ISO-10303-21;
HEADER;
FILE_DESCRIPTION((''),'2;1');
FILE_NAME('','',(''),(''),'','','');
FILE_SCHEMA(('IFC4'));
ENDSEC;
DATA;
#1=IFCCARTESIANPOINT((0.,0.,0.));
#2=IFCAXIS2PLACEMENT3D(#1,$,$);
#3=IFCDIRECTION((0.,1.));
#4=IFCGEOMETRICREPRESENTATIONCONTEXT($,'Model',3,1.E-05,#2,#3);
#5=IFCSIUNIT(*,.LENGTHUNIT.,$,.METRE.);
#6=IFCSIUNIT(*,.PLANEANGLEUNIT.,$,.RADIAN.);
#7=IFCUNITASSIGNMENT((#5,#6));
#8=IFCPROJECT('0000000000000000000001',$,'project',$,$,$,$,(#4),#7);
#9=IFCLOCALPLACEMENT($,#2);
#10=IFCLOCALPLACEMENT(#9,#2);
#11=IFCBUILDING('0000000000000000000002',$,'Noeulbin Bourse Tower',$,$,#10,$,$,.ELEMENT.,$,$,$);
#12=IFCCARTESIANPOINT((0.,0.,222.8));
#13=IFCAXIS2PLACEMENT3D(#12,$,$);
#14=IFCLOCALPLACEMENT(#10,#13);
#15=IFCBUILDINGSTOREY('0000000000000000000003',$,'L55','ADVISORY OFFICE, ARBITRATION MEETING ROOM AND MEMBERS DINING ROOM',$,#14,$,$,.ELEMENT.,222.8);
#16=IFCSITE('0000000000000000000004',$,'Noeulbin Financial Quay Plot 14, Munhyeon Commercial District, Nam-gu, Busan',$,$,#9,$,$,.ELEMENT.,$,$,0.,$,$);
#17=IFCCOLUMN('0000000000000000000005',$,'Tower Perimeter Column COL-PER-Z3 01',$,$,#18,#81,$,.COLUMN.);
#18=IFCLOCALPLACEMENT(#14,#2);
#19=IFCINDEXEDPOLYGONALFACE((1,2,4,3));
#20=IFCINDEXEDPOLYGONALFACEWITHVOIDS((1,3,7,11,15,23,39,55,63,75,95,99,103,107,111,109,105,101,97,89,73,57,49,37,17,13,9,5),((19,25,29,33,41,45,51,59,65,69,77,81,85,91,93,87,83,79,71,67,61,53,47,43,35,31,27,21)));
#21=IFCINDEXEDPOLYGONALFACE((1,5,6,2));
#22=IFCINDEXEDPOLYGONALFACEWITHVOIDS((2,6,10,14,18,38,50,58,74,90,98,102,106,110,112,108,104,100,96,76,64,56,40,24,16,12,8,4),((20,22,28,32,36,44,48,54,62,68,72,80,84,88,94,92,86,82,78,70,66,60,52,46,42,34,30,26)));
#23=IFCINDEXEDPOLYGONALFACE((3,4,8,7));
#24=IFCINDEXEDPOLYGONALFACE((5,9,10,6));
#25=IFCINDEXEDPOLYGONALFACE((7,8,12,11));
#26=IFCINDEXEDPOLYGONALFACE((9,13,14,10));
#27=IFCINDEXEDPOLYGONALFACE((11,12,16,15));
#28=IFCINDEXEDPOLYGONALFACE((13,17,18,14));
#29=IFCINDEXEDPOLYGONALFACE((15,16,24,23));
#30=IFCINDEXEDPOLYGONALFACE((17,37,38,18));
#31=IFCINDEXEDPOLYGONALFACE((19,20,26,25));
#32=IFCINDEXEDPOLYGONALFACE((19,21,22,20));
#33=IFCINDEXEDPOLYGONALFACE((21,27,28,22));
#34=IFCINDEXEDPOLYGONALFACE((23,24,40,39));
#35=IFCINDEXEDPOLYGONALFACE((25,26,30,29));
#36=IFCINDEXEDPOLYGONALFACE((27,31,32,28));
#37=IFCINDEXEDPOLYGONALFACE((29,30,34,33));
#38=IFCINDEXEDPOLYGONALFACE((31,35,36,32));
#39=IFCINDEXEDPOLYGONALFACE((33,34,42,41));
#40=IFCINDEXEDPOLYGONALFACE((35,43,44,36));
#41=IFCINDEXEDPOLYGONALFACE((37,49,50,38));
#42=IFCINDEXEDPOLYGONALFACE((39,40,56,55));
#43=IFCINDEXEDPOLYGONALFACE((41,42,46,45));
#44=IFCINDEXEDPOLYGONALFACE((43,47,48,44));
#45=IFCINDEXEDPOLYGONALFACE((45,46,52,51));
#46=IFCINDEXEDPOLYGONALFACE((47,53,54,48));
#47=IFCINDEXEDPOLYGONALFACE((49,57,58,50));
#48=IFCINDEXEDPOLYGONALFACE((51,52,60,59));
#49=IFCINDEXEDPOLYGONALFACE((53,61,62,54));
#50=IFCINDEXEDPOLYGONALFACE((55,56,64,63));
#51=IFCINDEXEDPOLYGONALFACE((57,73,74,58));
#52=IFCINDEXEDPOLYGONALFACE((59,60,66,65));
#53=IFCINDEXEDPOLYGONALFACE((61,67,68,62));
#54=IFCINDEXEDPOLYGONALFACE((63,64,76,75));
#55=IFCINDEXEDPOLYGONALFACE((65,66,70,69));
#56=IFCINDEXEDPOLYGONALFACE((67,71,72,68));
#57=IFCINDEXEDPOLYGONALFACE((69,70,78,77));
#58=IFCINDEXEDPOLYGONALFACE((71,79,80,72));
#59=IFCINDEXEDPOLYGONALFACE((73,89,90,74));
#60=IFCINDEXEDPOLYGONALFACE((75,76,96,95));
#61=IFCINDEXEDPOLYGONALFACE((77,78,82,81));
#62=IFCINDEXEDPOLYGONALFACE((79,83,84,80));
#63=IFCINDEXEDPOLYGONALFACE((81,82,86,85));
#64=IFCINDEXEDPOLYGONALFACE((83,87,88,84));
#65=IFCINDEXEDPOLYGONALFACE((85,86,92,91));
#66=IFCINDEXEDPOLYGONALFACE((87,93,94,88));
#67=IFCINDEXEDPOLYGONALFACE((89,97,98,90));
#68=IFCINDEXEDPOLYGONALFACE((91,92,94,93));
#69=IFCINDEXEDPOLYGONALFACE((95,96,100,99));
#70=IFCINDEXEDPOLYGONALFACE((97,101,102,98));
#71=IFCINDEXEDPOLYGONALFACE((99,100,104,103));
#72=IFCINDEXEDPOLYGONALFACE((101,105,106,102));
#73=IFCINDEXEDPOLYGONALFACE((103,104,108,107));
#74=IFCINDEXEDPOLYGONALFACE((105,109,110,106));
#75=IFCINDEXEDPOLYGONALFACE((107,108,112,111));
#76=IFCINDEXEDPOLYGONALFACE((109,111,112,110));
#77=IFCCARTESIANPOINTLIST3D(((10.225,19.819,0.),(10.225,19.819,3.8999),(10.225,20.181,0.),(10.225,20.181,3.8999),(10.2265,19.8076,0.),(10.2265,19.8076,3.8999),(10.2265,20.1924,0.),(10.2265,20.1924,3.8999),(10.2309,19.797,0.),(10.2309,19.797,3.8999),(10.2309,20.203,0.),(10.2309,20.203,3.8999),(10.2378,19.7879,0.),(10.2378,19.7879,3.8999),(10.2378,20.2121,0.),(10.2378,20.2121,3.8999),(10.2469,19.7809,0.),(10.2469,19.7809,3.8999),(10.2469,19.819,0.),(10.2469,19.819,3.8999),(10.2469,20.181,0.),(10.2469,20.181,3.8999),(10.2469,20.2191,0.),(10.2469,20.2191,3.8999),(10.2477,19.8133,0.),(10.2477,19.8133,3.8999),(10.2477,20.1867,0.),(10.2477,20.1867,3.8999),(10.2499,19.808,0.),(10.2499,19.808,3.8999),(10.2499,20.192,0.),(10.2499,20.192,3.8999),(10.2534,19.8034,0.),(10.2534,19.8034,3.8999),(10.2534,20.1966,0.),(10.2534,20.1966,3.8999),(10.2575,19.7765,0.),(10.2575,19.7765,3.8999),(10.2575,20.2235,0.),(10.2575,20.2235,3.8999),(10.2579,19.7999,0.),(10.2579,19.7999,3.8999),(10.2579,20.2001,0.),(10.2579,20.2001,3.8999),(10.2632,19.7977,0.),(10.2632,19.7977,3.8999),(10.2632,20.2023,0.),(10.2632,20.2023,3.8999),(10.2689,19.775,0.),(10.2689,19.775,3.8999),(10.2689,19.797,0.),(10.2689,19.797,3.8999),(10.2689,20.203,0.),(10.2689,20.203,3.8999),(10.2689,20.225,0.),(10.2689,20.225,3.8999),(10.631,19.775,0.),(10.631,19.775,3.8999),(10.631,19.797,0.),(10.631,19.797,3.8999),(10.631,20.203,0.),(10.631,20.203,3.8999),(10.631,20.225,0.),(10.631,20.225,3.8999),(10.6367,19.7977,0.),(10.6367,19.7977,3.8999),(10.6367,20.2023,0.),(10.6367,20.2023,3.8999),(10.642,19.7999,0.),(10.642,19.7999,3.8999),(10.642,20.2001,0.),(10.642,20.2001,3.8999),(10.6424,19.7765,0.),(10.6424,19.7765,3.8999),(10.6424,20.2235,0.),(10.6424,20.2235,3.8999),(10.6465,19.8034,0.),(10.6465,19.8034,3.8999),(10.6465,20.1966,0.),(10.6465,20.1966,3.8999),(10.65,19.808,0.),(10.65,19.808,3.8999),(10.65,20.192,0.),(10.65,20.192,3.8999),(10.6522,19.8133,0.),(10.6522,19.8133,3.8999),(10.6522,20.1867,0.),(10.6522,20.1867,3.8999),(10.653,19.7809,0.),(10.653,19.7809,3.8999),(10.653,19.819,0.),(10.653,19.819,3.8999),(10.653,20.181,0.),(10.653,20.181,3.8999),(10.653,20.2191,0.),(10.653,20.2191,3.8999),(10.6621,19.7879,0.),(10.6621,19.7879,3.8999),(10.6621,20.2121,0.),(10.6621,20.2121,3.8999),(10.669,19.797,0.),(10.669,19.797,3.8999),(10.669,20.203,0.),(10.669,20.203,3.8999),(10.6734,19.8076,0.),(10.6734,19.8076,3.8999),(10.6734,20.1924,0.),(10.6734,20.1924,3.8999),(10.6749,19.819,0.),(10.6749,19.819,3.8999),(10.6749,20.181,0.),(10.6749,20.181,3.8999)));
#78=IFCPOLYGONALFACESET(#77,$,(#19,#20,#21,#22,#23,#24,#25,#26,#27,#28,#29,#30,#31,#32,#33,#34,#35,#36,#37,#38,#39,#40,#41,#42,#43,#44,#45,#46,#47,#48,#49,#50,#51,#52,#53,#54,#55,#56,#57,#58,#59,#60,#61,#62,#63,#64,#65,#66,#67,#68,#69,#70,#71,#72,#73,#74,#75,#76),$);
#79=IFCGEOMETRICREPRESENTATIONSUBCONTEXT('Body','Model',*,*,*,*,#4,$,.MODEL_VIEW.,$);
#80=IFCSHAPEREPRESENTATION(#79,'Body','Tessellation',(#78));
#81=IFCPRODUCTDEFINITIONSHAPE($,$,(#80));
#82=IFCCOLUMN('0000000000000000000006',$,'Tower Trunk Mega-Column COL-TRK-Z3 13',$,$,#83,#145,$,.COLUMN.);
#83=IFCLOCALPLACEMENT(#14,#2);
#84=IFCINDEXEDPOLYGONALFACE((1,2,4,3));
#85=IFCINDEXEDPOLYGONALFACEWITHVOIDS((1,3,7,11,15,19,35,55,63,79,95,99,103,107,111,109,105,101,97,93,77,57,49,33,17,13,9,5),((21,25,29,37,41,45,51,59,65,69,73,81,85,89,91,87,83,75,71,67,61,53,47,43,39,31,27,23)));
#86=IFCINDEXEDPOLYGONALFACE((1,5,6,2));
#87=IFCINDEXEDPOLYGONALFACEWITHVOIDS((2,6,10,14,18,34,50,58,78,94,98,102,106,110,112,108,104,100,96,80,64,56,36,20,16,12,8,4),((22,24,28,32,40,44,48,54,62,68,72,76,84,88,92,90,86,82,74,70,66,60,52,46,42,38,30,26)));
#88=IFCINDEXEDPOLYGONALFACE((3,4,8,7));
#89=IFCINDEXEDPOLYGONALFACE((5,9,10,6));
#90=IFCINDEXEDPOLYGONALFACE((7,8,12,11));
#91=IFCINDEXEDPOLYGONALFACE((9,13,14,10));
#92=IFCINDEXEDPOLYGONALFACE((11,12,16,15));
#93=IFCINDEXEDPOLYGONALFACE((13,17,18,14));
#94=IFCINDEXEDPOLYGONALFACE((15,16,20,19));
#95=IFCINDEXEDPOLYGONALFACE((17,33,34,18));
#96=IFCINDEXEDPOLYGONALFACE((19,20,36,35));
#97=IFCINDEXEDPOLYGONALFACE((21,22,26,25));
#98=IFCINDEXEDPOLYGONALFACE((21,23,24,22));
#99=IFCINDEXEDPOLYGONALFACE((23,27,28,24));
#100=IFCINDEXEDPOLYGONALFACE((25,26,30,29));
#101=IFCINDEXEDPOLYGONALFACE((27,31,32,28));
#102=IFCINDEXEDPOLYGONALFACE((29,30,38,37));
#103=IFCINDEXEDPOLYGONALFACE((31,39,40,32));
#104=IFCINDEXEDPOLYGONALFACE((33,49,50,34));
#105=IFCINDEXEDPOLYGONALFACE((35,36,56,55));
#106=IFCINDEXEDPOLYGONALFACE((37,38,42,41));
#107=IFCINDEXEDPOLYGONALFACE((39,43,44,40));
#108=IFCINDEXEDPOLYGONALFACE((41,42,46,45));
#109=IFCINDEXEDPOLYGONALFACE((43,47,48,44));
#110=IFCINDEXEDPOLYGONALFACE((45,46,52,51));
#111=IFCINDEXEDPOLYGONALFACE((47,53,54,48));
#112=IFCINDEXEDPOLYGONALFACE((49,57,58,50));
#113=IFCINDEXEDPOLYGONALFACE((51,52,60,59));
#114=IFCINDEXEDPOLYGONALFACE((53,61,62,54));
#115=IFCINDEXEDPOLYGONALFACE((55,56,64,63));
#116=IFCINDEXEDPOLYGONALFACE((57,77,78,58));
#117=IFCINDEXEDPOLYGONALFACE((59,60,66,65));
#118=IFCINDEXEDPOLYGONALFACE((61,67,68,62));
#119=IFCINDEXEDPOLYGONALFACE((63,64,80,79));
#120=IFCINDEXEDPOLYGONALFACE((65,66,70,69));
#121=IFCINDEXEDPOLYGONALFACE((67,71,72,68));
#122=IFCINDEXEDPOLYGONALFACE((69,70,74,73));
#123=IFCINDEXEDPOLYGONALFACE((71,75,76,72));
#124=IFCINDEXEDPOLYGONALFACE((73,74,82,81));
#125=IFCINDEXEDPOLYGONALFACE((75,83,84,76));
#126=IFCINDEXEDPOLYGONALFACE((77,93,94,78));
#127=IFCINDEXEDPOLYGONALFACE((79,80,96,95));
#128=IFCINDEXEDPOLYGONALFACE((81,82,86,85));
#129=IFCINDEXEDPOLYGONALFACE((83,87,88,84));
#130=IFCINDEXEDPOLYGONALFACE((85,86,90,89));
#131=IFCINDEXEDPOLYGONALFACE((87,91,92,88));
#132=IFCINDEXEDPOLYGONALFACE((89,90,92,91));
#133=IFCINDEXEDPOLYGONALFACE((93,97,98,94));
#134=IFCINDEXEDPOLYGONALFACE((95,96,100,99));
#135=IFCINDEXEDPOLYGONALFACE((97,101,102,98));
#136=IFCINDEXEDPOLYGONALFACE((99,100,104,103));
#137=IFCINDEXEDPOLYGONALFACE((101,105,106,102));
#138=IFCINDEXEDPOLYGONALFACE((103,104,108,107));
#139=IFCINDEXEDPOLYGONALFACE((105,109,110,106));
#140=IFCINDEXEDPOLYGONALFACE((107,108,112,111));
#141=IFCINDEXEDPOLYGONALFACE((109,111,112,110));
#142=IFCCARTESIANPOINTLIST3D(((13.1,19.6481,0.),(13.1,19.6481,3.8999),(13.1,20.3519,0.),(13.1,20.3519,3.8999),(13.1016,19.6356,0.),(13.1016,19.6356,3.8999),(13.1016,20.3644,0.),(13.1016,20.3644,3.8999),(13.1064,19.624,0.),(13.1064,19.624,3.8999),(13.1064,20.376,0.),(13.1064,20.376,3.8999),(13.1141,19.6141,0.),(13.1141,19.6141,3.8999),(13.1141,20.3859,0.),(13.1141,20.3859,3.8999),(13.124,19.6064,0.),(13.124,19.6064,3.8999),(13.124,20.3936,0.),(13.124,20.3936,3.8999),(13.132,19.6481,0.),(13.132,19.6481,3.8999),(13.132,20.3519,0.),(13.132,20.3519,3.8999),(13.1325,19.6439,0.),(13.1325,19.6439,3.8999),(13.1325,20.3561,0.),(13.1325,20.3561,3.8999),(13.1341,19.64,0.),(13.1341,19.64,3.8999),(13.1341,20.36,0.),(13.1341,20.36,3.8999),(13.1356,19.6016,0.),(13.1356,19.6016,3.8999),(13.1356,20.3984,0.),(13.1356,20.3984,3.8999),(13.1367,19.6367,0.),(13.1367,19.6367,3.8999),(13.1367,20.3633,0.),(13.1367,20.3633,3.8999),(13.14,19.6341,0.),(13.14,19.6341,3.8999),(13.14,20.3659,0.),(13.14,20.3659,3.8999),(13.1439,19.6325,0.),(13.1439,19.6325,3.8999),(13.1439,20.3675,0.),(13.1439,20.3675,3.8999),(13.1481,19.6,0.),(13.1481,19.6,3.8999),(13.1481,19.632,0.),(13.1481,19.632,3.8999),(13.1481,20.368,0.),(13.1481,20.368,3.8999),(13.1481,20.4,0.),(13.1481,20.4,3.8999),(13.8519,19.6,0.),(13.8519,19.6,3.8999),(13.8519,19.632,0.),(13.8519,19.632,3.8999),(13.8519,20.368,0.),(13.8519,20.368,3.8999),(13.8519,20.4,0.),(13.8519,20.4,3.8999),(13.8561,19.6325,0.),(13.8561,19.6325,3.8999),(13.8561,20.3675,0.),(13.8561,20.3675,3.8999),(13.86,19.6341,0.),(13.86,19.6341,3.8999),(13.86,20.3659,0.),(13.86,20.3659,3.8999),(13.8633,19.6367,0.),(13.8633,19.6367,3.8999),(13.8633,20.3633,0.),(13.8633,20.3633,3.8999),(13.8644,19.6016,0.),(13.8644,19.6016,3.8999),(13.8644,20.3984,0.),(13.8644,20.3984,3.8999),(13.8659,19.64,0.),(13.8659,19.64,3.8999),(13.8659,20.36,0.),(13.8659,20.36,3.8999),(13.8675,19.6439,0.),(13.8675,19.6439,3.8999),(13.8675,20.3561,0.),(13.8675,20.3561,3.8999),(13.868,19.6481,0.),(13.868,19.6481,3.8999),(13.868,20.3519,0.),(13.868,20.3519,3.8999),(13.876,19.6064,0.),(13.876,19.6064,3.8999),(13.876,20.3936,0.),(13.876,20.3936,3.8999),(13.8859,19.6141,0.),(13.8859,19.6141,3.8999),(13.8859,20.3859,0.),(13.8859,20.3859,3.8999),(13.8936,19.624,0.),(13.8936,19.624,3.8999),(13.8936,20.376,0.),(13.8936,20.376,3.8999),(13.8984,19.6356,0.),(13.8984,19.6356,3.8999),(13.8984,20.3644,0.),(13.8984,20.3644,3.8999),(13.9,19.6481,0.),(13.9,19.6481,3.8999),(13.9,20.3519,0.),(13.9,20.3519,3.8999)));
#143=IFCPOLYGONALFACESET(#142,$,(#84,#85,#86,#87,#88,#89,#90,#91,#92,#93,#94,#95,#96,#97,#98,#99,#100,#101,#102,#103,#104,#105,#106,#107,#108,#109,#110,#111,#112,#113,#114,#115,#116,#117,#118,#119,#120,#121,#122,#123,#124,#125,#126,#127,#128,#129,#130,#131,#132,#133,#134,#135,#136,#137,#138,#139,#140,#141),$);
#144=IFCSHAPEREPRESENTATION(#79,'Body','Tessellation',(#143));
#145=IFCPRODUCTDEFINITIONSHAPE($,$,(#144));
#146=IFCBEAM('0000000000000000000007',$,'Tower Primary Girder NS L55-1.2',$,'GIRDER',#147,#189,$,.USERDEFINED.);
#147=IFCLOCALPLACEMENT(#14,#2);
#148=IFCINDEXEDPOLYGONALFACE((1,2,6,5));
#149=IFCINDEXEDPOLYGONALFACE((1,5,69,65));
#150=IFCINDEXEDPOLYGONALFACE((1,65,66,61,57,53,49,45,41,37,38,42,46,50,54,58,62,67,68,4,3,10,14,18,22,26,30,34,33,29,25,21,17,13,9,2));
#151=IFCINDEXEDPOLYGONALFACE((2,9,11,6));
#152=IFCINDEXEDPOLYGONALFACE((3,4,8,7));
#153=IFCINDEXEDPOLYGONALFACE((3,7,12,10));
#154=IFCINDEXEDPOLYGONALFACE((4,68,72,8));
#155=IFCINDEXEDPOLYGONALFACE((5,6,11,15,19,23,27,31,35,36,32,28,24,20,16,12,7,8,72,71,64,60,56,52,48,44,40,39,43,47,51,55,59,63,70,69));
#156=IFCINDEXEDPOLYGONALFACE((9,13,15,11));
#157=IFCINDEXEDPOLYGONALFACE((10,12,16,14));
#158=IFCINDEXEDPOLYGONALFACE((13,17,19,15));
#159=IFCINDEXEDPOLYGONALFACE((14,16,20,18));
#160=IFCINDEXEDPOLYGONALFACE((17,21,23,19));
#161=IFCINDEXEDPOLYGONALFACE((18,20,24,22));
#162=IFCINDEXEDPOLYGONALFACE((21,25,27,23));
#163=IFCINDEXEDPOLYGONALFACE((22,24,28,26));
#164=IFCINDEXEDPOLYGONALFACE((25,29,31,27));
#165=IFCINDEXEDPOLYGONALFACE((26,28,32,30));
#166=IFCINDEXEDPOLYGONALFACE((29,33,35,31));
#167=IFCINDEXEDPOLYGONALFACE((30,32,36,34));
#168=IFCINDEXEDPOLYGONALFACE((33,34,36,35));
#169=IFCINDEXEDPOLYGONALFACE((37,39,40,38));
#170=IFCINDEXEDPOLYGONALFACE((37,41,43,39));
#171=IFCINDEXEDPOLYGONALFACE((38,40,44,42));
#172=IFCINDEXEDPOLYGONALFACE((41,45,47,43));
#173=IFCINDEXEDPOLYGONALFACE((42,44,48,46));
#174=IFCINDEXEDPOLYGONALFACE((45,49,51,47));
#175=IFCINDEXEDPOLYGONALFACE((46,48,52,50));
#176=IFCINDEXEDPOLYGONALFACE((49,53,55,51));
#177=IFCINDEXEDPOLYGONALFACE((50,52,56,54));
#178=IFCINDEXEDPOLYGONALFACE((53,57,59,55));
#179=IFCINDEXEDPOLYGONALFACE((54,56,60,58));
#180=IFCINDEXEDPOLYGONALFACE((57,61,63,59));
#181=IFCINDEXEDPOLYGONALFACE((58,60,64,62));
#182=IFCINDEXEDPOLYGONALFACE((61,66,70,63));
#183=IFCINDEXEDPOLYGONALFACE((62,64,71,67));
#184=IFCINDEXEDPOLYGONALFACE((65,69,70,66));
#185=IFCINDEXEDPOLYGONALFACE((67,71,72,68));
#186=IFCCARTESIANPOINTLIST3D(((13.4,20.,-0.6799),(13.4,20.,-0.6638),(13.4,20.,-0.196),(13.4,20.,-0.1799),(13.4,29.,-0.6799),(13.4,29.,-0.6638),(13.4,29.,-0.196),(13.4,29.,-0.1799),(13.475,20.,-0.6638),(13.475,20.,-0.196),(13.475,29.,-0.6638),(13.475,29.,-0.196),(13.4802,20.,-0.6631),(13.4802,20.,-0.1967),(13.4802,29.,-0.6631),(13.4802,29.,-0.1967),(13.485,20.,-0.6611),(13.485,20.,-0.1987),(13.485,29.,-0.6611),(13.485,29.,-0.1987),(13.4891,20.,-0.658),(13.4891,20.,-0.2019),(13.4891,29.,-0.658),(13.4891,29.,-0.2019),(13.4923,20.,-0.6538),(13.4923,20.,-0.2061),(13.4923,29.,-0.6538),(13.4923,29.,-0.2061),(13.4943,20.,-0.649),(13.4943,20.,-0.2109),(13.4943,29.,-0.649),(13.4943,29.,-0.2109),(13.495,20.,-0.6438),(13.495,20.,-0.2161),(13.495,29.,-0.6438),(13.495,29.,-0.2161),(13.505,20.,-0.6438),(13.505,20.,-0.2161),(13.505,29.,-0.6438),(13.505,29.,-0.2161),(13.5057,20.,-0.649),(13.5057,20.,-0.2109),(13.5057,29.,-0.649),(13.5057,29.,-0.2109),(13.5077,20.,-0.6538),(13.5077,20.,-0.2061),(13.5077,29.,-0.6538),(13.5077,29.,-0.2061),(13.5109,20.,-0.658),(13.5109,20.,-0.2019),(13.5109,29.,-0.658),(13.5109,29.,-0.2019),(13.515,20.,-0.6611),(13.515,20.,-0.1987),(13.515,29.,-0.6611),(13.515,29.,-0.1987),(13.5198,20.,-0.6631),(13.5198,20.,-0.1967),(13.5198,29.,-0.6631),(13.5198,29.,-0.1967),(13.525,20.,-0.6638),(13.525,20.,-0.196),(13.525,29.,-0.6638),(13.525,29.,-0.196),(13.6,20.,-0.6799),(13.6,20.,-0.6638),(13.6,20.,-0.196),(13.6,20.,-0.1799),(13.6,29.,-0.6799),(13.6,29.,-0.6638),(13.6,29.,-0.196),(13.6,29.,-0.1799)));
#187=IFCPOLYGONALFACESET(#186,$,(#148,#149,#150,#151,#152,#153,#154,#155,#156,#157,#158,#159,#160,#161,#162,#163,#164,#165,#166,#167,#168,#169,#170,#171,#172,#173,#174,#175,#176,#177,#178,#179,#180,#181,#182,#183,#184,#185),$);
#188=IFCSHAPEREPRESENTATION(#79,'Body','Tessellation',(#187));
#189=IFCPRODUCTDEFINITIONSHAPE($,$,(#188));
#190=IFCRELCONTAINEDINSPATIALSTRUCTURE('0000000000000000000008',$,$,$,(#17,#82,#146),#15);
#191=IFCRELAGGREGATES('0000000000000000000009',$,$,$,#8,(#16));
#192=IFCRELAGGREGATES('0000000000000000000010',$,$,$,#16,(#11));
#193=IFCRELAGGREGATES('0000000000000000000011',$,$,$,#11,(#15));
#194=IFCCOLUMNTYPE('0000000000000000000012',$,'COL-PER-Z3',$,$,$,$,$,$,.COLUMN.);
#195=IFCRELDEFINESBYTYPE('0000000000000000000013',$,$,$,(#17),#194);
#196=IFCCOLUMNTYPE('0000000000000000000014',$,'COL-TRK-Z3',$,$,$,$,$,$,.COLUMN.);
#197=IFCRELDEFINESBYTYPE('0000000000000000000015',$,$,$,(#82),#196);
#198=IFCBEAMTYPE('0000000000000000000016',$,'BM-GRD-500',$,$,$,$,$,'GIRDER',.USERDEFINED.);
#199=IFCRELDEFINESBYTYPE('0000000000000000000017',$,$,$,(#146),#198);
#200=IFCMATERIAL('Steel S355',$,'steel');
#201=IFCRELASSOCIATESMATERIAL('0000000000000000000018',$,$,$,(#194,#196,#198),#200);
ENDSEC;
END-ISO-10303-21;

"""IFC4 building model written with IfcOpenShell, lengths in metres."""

from ifc_helpers import new_model, si_unit, direction, frame, origin, origin_2d, place, context, subcontext, project, spatial, hollow_rectangle, i_section, extrude, material, material_profile, profile_set, type_object, element, save


model = new_model("IFC4")

# Units and contexts
model_context = context("Model", 3, precision=1e-05, world=origin(), true_north=direction((0.0, 1.0)))
body_context = subcontext(model_context, "Body", "Model", "MODEL_VIEW")
ifc_project = project(units=[si_unit("LENGTHUNIT", "METRE"), si_unit("PLANEANGLEUNIT", "RADIAN")], contexts=[model_context])

# Site, building, storey
site_placement = place(None, origin())
site = spatial("IfcSite", under=ifc_project, at=site_placement, Name="Noeulbin Financial Quay Plot 14, Munhyeon Commercial District, Nam-gu, Busan", CompositionType="ELEMENT", RefElevation=0.0)
building_placement = place(site_placement, origin())
building = spatial("IfcBuilding", under=site, at=building_placement, Name="Noeulbin Bourse Tower", CompositionType="ELEMENT")
storey_placement = place(building_placement, frame((0.0, 0.0, 222.8)))
storey = spatial("IfcBuildingStorey", under=building, at=storey_placement, Name="L55", Description="ADVISORY OFFICE, ARBITRATION MEETING ROOM AND MEMBERS DINING ROOM", CompositionType="ELEMENT", Elevation=222.8)

# Columns
ifc_material_1 = material(Name="Steel S355", Category="steel")
ifc_material_profile_1 = material_profile(ifc_material_1, hollow_rectangle(XDim=0.45, YDim=0.45, WallThickness=0.022, InnerFilletRadius=0.022, OuterFilletRadius=0.0439, at=origin_2d()), Name="SHS-450x450x22", Category="LoadBearing")
ifc_profile_set_1 = profile_set([ifc_material_profile_1], Name="Steel S355")
column_type_1 = type_object("IfcColumnType", Name="COL-PER-Z3", PredefinedType="COLUMN", material=ifc_profile_set_1)
column_1_placement = place(storey_placement, frame((10.45, 20.0, 0.0), z_axis=(0.0, 0.0, 1.0), x_axis=(1.0, 0.0, 0.0)))
element("IfcColumn", 1, at=column_1_placement, inside=storey, type_object=column_type_1, Name="Tower Perimeter Column COL-PER-Z3 01", PredefinedType="COLUMN", context=body_context, shape_type="SweptSolid", body=[
    extrude(hollow_rectangle(XDim=0.45, YDim=0.45, WallThickness=0.022, InnerFilletRadius=0.022, OuterFilletRadius=0.0439, at=origin_2d()), origin(), (0.0, 0.0, 1.0), 3.8999),
])
ifc_material_profile_2 = material_profile(ifc_material_1, hollow_rectangle(XDim=0.8, YDim=0.8, WallThickness=0.032, InnerFilletRadius=0.0161, OuterFilletRadius=0.0481, at=origin_2d()), Name="BOX-800x800x32", Category="LoadBearing")
ifc_profile_set_2 = profile_set([ifc_material_profile_2], Name="Steel S355")
column_type_2 = type_object("IfcColumnType", Name="COL-TRK-Z3", PredefinedType="COLUMN", material=ifc_profile_set_2)
column_2_placement = place(storey_placement, frame((13.5, 20.0, 0.0), z_axis=(0.0, 0.0, 1.0), x_axis=(1.0, 0.0, 0.0)))
element("IfcColumn", 2, at=column_2_placement, inside=storey, type_object=column_type_2, Name="Tower Trunk Mega-Column COL-TRK-Z3 13", PredefinedType="COLUMN", context=body_context, shape_type="SweptSolid", body=[
    extrude(hollow_rectangle(XDim=0.8, YDim=0.8, WallThickness=0.032, InnerFilletRadius=0.0161, OuterFilletRadius=0.0481, at=origin_2d()), origin(), (0.0, 0.0, 1.0), 3.8999),
])

# Beam
ifc_material_profile_3 = material_profile(ifc_material_1, i_section(OverallWidth=0.2, OverallDepth=0.5, WebThickness=0.01, FlangeThickness=0.0161, FilletRadius=0.02, at=origin_2d()), Name="H-500x200x10x16", Category="LoadBearing")
ifc_profile_set_3 = profile_set([ifc_material_profile_3], Name="Steel S355")
beam_type_1 = type_object("IfcBeamType", Name="BM-GRD-500", ElementType="GIRDER", PredefinedType="USERDEFINED", material=ifc_profile_set_3)
beam_1_placement = place(storey_placement, frame((13.5, 20.0, -0.4299), z_axis=(0.0, 1.0, 0.0), x_axis=(-1.0, 0.0, 0.0)))
element("IfcBeam", 3, at=beam_1_placement, inside=storey, type_object=beam_type_1, Name="Tower Primary Girder NS L55-1.2", ObjectType="GIRDER", PredefinedType="USERDEFINED", context=body_context, shape_type="SweptSolid", body=[
    extrude(i_section(OverallWidth=0.2, OverallDepth=0.5, WebThickness=0.01, FlangeThickness=0.0161, FilletRadius=0.02, at=origin_2d()), origin(), (0.0, 0.0, 1.0), 9.0),
])

save(model, "model.ifc")
